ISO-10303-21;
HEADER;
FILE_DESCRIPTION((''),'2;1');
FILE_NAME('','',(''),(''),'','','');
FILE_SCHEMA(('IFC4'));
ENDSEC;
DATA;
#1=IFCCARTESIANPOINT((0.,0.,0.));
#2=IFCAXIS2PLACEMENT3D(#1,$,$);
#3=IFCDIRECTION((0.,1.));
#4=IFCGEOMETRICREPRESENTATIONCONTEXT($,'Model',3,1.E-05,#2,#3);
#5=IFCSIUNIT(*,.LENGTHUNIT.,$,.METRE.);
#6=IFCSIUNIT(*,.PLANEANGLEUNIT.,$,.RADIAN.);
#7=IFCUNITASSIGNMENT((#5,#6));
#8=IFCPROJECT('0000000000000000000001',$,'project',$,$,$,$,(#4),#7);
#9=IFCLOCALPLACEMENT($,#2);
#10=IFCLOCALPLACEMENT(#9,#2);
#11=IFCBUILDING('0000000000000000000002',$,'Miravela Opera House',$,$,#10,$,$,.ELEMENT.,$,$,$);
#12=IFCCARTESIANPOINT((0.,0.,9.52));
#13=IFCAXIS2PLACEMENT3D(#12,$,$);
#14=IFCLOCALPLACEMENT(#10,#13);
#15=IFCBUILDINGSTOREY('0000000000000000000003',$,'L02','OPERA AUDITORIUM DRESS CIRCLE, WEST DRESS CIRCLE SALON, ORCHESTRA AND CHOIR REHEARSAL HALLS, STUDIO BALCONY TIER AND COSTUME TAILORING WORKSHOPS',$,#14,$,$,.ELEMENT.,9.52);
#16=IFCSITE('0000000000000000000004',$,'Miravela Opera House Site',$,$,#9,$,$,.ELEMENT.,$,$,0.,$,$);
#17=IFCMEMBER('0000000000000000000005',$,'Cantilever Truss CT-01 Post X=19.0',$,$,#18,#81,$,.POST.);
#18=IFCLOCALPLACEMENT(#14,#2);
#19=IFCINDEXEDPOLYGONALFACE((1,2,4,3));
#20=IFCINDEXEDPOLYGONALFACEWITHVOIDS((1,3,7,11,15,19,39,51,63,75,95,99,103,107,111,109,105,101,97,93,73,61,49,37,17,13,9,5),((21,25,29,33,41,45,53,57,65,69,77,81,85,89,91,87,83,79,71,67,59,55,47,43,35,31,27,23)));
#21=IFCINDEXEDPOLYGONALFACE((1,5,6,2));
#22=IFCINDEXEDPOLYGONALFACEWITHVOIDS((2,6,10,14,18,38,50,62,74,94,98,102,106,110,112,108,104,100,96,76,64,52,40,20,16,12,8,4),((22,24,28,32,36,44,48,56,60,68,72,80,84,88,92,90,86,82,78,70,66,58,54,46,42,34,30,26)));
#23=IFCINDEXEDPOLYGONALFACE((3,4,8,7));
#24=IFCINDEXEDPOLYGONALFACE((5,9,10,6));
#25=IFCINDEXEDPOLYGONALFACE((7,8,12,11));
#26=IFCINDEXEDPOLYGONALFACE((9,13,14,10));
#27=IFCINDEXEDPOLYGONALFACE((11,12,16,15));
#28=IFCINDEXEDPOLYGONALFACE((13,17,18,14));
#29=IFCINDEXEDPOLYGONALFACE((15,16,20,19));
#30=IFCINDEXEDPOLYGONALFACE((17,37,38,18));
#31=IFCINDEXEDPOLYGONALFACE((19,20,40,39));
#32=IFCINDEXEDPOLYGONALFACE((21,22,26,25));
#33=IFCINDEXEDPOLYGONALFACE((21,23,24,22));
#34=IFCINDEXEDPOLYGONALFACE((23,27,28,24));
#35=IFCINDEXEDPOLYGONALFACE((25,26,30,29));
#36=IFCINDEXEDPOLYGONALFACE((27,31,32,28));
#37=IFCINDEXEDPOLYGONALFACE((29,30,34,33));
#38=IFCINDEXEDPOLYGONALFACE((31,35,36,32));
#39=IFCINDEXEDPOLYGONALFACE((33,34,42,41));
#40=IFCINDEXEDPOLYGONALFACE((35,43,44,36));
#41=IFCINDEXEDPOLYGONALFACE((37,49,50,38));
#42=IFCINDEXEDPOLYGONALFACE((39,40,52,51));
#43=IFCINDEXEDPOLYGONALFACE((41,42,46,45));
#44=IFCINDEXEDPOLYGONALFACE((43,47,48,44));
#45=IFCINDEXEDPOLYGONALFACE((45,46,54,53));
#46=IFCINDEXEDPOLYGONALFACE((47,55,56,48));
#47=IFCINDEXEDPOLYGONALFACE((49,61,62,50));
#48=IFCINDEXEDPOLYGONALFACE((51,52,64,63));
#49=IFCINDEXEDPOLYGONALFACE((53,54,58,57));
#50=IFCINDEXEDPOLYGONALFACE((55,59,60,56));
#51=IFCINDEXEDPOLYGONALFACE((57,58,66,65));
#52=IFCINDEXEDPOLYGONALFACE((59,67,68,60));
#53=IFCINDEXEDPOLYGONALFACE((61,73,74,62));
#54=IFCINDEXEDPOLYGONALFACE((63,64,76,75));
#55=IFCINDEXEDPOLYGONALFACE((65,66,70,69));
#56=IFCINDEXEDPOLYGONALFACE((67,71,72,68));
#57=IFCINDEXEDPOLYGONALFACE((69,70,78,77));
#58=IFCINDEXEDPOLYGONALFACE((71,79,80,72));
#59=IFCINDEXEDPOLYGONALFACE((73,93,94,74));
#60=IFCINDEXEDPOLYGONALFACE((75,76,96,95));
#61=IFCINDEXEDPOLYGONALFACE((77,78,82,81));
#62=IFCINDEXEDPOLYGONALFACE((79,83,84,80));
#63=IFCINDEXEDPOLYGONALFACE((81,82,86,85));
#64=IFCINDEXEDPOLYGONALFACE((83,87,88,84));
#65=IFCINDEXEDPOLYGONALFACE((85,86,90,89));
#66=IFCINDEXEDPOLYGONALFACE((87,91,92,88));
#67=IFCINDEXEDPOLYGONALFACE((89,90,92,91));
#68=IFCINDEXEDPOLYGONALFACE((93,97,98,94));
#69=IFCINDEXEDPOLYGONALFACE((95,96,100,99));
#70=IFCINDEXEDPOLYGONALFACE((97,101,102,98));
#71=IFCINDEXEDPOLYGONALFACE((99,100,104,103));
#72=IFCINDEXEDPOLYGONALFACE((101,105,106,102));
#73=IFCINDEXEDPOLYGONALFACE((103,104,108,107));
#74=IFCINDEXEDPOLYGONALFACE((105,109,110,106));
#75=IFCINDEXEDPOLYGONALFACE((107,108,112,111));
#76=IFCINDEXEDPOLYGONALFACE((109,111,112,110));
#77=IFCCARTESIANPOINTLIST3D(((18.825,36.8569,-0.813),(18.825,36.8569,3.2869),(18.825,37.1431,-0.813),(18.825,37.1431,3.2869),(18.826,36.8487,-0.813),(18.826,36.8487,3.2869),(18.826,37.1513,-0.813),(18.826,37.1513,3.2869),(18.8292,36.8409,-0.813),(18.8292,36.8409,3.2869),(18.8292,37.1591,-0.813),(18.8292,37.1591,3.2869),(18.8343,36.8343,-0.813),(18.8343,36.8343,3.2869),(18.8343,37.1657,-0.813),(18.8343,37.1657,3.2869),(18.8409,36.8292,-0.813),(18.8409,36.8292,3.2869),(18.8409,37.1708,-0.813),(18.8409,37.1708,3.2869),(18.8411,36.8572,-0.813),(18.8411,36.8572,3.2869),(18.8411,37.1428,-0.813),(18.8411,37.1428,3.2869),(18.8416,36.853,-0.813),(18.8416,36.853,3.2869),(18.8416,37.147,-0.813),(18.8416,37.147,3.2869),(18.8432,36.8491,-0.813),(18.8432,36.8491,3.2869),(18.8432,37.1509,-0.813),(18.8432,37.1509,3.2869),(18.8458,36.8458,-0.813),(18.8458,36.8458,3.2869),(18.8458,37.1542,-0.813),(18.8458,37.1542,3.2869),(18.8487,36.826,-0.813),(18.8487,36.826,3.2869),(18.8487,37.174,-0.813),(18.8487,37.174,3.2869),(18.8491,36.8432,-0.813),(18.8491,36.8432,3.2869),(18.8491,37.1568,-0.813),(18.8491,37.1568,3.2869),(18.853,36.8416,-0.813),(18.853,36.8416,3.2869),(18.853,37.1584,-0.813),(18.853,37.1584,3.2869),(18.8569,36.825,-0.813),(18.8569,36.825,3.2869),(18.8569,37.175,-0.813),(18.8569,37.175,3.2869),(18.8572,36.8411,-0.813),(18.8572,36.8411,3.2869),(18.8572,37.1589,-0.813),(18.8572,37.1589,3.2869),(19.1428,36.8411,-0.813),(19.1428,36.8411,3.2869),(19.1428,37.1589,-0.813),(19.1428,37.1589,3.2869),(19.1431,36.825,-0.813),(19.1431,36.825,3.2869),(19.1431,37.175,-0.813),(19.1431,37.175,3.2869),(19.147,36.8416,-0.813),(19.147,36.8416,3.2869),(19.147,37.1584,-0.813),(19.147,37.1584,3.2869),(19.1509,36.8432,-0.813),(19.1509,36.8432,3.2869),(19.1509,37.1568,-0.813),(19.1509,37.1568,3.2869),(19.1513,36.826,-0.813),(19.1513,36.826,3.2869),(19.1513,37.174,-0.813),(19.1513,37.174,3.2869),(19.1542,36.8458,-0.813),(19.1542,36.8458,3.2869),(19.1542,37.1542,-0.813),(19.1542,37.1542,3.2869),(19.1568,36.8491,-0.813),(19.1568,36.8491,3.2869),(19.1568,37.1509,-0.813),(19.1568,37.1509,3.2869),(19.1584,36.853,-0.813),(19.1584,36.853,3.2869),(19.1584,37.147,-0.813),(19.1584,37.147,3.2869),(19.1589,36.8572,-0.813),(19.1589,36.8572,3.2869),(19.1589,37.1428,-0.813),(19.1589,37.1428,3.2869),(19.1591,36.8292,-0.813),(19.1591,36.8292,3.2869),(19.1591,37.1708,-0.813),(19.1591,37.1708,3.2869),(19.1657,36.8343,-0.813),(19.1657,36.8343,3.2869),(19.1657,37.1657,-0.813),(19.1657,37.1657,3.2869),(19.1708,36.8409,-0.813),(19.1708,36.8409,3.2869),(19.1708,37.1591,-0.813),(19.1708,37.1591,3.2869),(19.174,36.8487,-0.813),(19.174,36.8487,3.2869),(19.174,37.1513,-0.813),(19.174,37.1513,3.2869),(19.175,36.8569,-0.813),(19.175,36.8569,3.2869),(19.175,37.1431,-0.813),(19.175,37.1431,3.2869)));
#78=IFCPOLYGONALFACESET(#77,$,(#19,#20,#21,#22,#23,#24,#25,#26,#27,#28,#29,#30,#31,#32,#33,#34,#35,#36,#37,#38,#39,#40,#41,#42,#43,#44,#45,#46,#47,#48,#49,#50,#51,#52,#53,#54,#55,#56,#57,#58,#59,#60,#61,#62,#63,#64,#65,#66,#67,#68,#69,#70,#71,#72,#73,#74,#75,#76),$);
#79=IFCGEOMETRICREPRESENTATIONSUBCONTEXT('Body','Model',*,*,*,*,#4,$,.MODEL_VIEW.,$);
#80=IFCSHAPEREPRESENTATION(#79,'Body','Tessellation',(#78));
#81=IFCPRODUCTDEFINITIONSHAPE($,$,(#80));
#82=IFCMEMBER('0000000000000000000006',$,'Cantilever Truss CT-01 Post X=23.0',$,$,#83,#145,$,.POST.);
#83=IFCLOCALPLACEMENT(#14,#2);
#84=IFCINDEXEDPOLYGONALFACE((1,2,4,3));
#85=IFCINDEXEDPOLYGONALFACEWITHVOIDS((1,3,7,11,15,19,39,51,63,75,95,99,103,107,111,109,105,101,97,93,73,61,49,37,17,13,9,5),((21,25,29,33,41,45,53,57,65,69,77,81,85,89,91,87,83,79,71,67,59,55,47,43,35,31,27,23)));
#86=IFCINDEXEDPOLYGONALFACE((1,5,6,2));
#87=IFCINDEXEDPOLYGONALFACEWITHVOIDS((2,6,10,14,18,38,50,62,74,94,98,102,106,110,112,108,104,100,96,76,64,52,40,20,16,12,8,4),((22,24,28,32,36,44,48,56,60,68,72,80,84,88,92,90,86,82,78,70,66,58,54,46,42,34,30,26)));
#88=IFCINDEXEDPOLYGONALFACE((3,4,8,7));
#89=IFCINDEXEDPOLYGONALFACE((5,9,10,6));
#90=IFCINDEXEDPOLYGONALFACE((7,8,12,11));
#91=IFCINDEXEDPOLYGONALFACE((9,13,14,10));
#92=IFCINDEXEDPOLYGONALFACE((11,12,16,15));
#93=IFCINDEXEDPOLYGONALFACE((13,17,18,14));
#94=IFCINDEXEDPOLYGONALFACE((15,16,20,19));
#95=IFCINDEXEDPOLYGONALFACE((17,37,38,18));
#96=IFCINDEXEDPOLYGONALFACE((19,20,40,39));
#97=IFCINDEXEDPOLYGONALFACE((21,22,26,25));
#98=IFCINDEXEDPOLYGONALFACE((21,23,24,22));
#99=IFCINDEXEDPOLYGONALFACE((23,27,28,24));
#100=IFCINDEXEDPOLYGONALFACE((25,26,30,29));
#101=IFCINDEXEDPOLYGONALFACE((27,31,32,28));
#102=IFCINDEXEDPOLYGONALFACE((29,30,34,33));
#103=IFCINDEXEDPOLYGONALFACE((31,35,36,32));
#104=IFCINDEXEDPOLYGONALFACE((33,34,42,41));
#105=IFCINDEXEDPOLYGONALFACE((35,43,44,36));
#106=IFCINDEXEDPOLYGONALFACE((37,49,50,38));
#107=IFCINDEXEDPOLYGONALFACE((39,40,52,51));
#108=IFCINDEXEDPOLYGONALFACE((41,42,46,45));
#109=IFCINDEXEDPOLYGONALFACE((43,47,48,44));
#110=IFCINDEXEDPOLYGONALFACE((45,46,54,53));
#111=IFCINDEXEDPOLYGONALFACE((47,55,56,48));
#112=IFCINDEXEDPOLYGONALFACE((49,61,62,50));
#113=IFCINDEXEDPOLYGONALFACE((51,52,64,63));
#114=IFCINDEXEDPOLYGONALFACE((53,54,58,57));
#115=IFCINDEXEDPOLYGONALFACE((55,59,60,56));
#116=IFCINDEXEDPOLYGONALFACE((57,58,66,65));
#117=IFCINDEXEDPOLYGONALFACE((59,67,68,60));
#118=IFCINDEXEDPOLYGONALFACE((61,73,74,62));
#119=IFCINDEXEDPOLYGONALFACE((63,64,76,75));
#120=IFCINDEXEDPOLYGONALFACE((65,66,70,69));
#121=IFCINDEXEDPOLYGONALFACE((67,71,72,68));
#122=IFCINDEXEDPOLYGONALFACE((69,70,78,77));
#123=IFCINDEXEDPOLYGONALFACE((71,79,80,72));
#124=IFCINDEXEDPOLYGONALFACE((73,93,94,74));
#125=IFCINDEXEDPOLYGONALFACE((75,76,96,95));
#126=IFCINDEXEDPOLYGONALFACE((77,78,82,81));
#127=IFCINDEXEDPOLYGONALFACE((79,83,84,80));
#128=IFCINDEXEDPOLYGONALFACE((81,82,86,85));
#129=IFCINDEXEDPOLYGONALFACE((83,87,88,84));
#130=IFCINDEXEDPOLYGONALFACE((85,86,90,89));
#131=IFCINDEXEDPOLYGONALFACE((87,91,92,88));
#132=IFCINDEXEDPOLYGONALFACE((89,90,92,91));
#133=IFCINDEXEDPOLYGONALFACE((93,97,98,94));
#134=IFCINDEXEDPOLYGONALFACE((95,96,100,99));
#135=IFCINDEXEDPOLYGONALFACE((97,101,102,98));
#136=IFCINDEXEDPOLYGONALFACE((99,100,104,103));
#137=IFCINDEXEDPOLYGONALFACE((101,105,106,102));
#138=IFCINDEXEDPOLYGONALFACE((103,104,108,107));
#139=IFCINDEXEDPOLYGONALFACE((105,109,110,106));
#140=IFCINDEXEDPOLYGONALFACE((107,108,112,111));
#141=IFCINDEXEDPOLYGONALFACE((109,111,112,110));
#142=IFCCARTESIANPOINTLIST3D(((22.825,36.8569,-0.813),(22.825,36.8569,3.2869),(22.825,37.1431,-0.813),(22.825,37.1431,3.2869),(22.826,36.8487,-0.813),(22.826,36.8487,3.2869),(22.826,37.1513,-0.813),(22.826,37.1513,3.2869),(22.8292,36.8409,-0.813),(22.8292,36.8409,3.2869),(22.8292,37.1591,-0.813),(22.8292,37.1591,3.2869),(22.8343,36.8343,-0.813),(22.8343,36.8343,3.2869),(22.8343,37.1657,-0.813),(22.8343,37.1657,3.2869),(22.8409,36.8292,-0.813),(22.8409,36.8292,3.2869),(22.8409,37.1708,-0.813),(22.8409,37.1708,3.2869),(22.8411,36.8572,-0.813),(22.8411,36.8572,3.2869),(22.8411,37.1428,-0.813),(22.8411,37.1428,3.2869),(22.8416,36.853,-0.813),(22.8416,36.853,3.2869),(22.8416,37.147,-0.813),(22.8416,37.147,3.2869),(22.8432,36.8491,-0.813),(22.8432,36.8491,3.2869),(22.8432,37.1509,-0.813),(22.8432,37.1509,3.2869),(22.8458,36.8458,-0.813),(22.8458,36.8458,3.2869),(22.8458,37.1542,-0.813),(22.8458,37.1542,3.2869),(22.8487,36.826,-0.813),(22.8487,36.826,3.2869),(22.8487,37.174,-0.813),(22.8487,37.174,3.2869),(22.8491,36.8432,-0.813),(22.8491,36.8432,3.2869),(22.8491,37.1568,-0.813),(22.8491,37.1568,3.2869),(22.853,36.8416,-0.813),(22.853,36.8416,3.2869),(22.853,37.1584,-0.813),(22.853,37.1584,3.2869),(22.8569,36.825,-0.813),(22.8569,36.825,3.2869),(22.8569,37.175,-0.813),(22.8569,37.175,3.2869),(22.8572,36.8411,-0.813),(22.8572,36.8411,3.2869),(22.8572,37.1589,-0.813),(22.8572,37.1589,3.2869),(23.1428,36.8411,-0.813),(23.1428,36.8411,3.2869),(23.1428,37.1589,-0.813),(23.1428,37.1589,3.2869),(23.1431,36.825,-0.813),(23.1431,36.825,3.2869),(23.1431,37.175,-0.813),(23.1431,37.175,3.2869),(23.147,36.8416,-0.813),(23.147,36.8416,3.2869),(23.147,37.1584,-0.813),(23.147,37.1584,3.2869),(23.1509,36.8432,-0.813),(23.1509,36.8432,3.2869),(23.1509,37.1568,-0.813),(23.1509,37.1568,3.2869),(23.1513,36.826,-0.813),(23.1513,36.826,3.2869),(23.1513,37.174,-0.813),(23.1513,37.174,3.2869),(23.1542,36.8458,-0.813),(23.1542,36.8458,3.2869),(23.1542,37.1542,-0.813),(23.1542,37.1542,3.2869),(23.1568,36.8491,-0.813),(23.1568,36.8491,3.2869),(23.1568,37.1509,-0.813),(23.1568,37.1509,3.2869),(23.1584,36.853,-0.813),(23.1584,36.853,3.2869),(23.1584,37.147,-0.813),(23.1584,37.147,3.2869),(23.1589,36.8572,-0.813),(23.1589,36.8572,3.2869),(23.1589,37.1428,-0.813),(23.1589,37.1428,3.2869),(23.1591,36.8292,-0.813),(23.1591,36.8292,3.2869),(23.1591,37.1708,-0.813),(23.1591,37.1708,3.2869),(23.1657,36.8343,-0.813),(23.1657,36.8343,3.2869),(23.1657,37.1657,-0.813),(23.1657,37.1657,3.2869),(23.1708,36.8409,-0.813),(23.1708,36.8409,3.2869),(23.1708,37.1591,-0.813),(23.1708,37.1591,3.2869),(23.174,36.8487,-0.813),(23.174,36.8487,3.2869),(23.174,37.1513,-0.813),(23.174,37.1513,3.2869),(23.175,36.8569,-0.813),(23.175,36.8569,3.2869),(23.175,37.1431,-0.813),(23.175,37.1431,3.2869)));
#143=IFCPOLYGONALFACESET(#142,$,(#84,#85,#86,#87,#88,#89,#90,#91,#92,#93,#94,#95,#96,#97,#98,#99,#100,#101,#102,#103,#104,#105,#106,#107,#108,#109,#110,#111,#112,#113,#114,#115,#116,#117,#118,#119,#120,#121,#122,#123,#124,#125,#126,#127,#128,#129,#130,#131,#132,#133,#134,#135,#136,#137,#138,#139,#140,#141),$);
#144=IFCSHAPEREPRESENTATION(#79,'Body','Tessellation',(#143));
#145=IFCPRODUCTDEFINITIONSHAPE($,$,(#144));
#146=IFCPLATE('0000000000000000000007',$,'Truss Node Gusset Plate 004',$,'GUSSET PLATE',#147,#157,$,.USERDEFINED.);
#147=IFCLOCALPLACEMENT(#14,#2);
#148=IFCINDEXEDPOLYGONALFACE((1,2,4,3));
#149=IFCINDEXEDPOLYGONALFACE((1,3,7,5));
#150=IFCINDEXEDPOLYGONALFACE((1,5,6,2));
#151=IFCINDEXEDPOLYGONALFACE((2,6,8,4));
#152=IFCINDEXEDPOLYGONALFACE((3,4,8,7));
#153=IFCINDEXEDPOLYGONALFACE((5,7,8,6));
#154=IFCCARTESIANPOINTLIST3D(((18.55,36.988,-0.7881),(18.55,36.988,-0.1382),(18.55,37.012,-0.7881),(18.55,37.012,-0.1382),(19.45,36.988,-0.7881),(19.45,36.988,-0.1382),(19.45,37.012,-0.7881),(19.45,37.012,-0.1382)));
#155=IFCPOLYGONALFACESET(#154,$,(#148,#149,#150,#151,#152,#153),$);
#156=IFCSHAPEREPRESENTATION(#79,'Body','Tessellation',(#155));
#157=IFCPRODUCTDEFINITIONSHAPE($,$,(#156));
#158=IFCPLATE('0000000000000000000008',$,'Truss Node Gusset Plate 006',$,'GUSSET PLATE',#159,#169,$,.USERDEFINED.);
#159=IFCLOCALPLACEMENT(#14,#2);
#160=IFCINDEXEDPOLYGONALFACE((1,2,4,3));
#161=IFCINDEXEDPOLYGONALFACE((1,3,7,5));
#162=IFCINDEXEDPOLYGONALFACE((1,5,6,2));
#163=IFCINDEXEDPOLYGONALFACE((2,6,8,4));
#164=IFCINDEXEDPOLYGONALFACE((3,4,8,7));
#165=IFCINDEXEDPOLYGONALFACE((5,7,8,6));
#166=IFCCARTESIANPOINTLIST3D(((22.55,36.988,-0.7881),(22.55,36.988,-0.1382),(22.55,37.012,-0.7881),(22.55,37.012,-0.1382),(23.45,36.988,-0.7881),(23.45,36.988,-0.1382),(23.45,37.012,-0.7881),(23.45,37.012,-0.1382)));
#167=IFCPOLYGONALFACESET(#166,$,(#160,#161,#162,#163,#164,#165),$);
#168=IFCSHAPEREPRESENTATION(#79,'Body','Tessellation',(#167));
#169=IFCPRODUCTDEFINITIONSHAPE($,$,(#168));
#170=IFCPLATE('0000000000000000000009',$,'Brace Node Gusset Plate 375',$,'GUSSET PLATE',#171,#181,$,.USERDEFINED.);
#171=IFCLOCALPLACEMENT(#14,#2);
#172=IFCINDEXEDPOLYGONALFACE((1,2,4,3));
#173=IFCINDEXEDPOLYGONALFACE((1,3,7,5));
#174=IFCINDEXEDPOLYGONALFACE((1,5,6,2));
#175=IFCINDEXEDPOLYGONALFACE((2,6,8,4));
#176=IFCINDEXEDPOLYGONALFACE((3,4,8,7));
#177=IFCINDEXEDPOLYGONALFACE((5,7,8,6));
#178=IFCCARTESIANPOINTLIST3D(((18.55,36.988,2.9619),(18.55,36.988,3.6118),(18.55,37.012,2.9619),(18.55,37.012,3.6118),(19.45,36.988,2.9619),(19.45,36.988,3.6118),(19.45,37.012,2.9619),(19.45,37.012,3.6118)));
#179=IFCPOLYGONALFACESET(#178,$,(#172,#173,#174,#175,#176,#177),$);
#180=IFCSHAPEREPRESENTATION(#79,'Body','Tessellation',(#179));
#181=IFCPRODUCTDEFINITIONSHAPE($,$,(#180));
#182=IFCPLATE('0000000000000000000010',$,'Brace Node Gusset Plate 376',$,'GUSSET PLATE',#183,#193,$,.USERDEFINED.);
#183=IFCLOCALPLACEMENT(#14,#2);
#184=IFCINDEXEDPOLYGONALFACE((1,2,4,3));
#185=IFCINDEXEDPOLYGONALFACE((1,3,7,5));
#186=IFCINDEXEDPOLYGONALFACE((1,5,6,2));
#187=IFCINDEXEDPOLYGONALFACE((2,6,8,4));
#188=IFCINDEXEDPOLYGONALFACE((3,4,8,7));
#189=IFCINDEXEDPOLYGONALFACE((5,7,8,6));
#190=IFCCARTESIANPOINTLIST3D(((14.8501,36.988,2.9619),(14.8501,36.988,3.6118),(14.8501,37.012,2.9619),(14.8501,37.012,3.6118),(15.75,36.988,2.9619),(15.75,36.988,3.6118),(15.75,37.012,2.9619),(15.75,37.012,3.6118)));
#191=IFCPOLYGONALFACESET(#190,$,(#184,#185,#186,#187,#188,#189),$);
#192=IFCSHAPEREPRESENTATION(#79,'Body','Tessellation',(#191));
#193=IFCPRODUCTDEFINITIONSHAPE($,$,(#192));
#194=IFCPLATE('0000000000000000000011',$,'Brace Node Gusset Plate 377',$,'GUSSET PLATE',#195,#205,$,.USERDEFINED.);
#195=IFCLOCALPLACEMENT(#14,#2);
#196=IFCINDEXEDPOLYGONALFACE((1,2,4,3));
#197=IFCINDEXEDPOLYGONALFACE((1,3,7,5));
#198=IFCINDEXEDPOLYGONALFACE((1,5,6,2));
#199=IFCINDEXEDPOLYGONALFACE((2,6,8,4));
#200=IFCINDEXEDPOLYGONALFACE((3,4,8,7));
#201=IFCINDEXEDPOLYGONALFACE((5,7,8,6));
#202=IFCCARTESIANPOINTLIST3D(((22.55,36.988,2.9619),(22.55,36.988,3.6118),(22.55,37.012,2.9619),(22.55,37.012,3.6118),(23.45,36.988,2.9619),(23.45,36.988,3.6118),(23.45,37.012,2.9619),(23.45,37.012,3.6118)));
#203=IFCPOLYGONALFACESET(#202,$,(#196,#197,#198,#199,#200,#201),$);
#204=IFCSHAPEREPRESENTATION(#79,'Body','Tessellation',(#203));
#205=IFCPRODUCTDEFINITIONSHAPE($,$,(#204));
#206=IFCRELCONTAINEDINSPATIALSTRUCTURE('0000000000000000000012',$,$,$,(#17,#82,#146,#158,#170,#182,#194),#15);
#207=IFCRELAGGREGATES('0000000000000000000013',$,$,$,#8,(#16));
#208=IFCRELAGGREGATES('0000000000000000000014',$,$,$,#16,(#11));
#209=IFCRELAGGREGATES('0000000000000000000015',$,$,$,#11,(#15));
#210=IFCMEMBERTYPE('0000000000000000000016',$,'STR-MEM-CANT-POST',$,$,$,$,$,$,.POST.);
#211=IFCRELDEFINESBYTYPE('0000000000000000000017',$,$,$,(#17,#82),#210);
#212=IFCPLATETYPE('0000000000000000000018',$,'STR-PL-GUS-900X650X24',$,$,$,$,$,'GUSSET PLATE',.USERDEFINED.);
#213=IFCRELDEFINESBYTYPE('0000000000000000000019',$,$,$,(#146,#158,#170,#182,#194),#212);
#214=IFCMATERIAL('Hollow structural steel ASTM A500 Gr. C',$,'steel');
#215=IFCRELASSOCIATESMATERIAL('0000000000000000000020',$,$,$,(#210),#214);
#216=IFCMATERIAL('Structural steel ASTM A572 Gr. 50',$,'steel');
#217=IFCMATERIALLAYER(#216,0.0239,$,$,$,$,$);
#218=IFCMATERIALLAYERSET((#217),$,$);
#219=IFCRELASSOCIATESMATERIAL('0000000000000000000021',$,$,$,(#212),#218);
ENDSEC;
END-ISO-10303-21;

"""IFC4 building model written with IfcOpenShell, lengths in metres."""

from ifc_helpers import new_model, si_unit, direction, frame, origin, origin_2d, place, context, subcontext, project, spatial, rectangle, hollow_rectangle, extrude, material, layer, layer_set, material_profile, profile_set, type_object, element, save


model = new_model("IFC4")

# Units and contexts
model_context = context("Model", 3, precision=1e-05, world=origin(), true_north=direction((0.0, 1.0)))
body_context = subcontext(model_context, "Body", "Model", "MODEL_VIEW")
ifc_project = project(units=[si_unit("LENGTHUNIT", "METRE"), si_unit("PLANEANGLEUNIT", "RADIAN")], contexts=[model_context])

# Site, building, storey
site_placement = place(None, origin())
site = spatial("IfcSite", under=ifc_project, at=site_placement, Name="Miravela Opera House Site", CompositionType="ELEMENT", RefElevation=0.0)
building_placement = place(site_placement, origin())
building = spatial("IfcBuilding", under=site, at=building_placement, Name="Miravela Opera House", CompositionType="ELEMENT")
storey_placement = place(building_placement, frame((0.0, 0.0, 9.52)))
storey = spatial("IfcBuildingStorey", under=building, at=storey_placement, Name="L02", Description="OPERA AUDITORIUM DRESS CIRCLE, WEST DRESS CIRCLE SALON, ORCHESTRA AND CHOIR REHEARSAL HALLS, STUDIO BALCONY TIER AND COSTUME TAILORING WORKSHOPS", CompositionType="ELEMENT", Elevation=9.52)

# Members
ifc_material_1 = material(Name="Hollow structural steel ASTM A500 Gr. C", Category="steel")
ifc_material_profile_1 = material_profile(ifc_material_1, hollow_rectangle(XDim=0.3501, YDim=0.3501, WallThickness=0.0161, InnerFilletRadius=0.0161, OuterFilletRadius=0.032, at=origin_2d()), Name="HSS350X350X16")
ifc_profile_set_1 = profile_set([ifc_material_profile_1])
member_type_1 = type_object("IfcMemberType", Name="STR-MEM-CANT-POST", PredefinedType="POST", material=ifc_profile_set_1)
for number, where, z_axis, x_axis, name in (
    (1, (19.0, 37.0, -0.813), (0.0, 0.0, 1.0), (1.0, 0.0, 0.0), "Cantilever Truss CT-01 Post X=19.0"),
    (2, (23.0, 37.0, -0.813), (0.0, 0.0, 1.0), (1.0, 0.0, 0.0), "Cantilever Truss CT-01 Post X=23.0"),
):
    element("IfcMember", number, at=place(storey_placement, frame(where, z_axis=z_axis, x_axis=x_axis)), inside=storey, type_object=member_type_1, Name=name, PredefinedType="POST", context=body_context, shape_type="SweptSolid", body=[
        extrude(hollow_rectangle(XDim=0.3501, YDim=0.3501, WallThickness=0.0161, InnerFilletRadius=0.0161, OuterFilletRadius=0.032, at=origin_2d()), origin(), (0.0, 0.0, 1.0), 4.0999),
    ])

# Plates
ifc_material_2 = material(Name="Structural steel ASTM A572 Gr. 50", Category="steel")
ifc_layer_1 = layer(ifc_material_2, 0.0239)
ifc_layer_set_1 = layer_set([ifc_layer_1])
plate_type = type_object("IfcPlateType", Name="STR-PL-GUS-900X650X24", ElementType="GUSSET PLATE", PredefinedType="USERDEFINED", material=ifc_layer_set_1)
for number, where, z_axis, x_axis, name in (
    (3, (19.0, 37.0, -0.7881), (0.0, 0.0, 1.0), (1.0, 0.0, 0.0), "Truss Node Gusset Plate 004"),
    (4, (23.0, 37.0, -0.7881), (0.0, 0.0, 1.0), (1.0, 0.0, 0.0), "Truss Node Gusset Plate 006"),
    (5, (19.0, 37.0, 2.9619), (0.0, 0.0, 1.0), (1.0, 0.0, 0.0), "Brace Node Gusset Plate 375"),
    (6, (15.3, 37.0, 2.9619), (0.0, 0.0, 1.0), (1.0, 0.0, 0.0), "Brace Node Gusset Plate 376"),
    (7, (23.0, 37.0, 2.9619), (0.0, 0.0, 1.0), (1.0, 0.0, 0.0), "Brace Node Gusset Plate 377"),
):
    element("IfcPlate", number, at=place(storey_placement, frame(where, z_axis=z_axis, x_axis=x_axis)), inside=storey, type_object=plate_type, Name=name, ObjectType="GUSSET PLATE", PredefinedType="USERDEFINED", context=body_context, shape_type="SweptSolid", body=[
        extrude(rectangle(XDim=0.8999, YDim=0.0239, at=origin_2d()), origin(), (0.0, 0.0, 1.0), 0.6499),
    ])

save(model, "model.ifc")
